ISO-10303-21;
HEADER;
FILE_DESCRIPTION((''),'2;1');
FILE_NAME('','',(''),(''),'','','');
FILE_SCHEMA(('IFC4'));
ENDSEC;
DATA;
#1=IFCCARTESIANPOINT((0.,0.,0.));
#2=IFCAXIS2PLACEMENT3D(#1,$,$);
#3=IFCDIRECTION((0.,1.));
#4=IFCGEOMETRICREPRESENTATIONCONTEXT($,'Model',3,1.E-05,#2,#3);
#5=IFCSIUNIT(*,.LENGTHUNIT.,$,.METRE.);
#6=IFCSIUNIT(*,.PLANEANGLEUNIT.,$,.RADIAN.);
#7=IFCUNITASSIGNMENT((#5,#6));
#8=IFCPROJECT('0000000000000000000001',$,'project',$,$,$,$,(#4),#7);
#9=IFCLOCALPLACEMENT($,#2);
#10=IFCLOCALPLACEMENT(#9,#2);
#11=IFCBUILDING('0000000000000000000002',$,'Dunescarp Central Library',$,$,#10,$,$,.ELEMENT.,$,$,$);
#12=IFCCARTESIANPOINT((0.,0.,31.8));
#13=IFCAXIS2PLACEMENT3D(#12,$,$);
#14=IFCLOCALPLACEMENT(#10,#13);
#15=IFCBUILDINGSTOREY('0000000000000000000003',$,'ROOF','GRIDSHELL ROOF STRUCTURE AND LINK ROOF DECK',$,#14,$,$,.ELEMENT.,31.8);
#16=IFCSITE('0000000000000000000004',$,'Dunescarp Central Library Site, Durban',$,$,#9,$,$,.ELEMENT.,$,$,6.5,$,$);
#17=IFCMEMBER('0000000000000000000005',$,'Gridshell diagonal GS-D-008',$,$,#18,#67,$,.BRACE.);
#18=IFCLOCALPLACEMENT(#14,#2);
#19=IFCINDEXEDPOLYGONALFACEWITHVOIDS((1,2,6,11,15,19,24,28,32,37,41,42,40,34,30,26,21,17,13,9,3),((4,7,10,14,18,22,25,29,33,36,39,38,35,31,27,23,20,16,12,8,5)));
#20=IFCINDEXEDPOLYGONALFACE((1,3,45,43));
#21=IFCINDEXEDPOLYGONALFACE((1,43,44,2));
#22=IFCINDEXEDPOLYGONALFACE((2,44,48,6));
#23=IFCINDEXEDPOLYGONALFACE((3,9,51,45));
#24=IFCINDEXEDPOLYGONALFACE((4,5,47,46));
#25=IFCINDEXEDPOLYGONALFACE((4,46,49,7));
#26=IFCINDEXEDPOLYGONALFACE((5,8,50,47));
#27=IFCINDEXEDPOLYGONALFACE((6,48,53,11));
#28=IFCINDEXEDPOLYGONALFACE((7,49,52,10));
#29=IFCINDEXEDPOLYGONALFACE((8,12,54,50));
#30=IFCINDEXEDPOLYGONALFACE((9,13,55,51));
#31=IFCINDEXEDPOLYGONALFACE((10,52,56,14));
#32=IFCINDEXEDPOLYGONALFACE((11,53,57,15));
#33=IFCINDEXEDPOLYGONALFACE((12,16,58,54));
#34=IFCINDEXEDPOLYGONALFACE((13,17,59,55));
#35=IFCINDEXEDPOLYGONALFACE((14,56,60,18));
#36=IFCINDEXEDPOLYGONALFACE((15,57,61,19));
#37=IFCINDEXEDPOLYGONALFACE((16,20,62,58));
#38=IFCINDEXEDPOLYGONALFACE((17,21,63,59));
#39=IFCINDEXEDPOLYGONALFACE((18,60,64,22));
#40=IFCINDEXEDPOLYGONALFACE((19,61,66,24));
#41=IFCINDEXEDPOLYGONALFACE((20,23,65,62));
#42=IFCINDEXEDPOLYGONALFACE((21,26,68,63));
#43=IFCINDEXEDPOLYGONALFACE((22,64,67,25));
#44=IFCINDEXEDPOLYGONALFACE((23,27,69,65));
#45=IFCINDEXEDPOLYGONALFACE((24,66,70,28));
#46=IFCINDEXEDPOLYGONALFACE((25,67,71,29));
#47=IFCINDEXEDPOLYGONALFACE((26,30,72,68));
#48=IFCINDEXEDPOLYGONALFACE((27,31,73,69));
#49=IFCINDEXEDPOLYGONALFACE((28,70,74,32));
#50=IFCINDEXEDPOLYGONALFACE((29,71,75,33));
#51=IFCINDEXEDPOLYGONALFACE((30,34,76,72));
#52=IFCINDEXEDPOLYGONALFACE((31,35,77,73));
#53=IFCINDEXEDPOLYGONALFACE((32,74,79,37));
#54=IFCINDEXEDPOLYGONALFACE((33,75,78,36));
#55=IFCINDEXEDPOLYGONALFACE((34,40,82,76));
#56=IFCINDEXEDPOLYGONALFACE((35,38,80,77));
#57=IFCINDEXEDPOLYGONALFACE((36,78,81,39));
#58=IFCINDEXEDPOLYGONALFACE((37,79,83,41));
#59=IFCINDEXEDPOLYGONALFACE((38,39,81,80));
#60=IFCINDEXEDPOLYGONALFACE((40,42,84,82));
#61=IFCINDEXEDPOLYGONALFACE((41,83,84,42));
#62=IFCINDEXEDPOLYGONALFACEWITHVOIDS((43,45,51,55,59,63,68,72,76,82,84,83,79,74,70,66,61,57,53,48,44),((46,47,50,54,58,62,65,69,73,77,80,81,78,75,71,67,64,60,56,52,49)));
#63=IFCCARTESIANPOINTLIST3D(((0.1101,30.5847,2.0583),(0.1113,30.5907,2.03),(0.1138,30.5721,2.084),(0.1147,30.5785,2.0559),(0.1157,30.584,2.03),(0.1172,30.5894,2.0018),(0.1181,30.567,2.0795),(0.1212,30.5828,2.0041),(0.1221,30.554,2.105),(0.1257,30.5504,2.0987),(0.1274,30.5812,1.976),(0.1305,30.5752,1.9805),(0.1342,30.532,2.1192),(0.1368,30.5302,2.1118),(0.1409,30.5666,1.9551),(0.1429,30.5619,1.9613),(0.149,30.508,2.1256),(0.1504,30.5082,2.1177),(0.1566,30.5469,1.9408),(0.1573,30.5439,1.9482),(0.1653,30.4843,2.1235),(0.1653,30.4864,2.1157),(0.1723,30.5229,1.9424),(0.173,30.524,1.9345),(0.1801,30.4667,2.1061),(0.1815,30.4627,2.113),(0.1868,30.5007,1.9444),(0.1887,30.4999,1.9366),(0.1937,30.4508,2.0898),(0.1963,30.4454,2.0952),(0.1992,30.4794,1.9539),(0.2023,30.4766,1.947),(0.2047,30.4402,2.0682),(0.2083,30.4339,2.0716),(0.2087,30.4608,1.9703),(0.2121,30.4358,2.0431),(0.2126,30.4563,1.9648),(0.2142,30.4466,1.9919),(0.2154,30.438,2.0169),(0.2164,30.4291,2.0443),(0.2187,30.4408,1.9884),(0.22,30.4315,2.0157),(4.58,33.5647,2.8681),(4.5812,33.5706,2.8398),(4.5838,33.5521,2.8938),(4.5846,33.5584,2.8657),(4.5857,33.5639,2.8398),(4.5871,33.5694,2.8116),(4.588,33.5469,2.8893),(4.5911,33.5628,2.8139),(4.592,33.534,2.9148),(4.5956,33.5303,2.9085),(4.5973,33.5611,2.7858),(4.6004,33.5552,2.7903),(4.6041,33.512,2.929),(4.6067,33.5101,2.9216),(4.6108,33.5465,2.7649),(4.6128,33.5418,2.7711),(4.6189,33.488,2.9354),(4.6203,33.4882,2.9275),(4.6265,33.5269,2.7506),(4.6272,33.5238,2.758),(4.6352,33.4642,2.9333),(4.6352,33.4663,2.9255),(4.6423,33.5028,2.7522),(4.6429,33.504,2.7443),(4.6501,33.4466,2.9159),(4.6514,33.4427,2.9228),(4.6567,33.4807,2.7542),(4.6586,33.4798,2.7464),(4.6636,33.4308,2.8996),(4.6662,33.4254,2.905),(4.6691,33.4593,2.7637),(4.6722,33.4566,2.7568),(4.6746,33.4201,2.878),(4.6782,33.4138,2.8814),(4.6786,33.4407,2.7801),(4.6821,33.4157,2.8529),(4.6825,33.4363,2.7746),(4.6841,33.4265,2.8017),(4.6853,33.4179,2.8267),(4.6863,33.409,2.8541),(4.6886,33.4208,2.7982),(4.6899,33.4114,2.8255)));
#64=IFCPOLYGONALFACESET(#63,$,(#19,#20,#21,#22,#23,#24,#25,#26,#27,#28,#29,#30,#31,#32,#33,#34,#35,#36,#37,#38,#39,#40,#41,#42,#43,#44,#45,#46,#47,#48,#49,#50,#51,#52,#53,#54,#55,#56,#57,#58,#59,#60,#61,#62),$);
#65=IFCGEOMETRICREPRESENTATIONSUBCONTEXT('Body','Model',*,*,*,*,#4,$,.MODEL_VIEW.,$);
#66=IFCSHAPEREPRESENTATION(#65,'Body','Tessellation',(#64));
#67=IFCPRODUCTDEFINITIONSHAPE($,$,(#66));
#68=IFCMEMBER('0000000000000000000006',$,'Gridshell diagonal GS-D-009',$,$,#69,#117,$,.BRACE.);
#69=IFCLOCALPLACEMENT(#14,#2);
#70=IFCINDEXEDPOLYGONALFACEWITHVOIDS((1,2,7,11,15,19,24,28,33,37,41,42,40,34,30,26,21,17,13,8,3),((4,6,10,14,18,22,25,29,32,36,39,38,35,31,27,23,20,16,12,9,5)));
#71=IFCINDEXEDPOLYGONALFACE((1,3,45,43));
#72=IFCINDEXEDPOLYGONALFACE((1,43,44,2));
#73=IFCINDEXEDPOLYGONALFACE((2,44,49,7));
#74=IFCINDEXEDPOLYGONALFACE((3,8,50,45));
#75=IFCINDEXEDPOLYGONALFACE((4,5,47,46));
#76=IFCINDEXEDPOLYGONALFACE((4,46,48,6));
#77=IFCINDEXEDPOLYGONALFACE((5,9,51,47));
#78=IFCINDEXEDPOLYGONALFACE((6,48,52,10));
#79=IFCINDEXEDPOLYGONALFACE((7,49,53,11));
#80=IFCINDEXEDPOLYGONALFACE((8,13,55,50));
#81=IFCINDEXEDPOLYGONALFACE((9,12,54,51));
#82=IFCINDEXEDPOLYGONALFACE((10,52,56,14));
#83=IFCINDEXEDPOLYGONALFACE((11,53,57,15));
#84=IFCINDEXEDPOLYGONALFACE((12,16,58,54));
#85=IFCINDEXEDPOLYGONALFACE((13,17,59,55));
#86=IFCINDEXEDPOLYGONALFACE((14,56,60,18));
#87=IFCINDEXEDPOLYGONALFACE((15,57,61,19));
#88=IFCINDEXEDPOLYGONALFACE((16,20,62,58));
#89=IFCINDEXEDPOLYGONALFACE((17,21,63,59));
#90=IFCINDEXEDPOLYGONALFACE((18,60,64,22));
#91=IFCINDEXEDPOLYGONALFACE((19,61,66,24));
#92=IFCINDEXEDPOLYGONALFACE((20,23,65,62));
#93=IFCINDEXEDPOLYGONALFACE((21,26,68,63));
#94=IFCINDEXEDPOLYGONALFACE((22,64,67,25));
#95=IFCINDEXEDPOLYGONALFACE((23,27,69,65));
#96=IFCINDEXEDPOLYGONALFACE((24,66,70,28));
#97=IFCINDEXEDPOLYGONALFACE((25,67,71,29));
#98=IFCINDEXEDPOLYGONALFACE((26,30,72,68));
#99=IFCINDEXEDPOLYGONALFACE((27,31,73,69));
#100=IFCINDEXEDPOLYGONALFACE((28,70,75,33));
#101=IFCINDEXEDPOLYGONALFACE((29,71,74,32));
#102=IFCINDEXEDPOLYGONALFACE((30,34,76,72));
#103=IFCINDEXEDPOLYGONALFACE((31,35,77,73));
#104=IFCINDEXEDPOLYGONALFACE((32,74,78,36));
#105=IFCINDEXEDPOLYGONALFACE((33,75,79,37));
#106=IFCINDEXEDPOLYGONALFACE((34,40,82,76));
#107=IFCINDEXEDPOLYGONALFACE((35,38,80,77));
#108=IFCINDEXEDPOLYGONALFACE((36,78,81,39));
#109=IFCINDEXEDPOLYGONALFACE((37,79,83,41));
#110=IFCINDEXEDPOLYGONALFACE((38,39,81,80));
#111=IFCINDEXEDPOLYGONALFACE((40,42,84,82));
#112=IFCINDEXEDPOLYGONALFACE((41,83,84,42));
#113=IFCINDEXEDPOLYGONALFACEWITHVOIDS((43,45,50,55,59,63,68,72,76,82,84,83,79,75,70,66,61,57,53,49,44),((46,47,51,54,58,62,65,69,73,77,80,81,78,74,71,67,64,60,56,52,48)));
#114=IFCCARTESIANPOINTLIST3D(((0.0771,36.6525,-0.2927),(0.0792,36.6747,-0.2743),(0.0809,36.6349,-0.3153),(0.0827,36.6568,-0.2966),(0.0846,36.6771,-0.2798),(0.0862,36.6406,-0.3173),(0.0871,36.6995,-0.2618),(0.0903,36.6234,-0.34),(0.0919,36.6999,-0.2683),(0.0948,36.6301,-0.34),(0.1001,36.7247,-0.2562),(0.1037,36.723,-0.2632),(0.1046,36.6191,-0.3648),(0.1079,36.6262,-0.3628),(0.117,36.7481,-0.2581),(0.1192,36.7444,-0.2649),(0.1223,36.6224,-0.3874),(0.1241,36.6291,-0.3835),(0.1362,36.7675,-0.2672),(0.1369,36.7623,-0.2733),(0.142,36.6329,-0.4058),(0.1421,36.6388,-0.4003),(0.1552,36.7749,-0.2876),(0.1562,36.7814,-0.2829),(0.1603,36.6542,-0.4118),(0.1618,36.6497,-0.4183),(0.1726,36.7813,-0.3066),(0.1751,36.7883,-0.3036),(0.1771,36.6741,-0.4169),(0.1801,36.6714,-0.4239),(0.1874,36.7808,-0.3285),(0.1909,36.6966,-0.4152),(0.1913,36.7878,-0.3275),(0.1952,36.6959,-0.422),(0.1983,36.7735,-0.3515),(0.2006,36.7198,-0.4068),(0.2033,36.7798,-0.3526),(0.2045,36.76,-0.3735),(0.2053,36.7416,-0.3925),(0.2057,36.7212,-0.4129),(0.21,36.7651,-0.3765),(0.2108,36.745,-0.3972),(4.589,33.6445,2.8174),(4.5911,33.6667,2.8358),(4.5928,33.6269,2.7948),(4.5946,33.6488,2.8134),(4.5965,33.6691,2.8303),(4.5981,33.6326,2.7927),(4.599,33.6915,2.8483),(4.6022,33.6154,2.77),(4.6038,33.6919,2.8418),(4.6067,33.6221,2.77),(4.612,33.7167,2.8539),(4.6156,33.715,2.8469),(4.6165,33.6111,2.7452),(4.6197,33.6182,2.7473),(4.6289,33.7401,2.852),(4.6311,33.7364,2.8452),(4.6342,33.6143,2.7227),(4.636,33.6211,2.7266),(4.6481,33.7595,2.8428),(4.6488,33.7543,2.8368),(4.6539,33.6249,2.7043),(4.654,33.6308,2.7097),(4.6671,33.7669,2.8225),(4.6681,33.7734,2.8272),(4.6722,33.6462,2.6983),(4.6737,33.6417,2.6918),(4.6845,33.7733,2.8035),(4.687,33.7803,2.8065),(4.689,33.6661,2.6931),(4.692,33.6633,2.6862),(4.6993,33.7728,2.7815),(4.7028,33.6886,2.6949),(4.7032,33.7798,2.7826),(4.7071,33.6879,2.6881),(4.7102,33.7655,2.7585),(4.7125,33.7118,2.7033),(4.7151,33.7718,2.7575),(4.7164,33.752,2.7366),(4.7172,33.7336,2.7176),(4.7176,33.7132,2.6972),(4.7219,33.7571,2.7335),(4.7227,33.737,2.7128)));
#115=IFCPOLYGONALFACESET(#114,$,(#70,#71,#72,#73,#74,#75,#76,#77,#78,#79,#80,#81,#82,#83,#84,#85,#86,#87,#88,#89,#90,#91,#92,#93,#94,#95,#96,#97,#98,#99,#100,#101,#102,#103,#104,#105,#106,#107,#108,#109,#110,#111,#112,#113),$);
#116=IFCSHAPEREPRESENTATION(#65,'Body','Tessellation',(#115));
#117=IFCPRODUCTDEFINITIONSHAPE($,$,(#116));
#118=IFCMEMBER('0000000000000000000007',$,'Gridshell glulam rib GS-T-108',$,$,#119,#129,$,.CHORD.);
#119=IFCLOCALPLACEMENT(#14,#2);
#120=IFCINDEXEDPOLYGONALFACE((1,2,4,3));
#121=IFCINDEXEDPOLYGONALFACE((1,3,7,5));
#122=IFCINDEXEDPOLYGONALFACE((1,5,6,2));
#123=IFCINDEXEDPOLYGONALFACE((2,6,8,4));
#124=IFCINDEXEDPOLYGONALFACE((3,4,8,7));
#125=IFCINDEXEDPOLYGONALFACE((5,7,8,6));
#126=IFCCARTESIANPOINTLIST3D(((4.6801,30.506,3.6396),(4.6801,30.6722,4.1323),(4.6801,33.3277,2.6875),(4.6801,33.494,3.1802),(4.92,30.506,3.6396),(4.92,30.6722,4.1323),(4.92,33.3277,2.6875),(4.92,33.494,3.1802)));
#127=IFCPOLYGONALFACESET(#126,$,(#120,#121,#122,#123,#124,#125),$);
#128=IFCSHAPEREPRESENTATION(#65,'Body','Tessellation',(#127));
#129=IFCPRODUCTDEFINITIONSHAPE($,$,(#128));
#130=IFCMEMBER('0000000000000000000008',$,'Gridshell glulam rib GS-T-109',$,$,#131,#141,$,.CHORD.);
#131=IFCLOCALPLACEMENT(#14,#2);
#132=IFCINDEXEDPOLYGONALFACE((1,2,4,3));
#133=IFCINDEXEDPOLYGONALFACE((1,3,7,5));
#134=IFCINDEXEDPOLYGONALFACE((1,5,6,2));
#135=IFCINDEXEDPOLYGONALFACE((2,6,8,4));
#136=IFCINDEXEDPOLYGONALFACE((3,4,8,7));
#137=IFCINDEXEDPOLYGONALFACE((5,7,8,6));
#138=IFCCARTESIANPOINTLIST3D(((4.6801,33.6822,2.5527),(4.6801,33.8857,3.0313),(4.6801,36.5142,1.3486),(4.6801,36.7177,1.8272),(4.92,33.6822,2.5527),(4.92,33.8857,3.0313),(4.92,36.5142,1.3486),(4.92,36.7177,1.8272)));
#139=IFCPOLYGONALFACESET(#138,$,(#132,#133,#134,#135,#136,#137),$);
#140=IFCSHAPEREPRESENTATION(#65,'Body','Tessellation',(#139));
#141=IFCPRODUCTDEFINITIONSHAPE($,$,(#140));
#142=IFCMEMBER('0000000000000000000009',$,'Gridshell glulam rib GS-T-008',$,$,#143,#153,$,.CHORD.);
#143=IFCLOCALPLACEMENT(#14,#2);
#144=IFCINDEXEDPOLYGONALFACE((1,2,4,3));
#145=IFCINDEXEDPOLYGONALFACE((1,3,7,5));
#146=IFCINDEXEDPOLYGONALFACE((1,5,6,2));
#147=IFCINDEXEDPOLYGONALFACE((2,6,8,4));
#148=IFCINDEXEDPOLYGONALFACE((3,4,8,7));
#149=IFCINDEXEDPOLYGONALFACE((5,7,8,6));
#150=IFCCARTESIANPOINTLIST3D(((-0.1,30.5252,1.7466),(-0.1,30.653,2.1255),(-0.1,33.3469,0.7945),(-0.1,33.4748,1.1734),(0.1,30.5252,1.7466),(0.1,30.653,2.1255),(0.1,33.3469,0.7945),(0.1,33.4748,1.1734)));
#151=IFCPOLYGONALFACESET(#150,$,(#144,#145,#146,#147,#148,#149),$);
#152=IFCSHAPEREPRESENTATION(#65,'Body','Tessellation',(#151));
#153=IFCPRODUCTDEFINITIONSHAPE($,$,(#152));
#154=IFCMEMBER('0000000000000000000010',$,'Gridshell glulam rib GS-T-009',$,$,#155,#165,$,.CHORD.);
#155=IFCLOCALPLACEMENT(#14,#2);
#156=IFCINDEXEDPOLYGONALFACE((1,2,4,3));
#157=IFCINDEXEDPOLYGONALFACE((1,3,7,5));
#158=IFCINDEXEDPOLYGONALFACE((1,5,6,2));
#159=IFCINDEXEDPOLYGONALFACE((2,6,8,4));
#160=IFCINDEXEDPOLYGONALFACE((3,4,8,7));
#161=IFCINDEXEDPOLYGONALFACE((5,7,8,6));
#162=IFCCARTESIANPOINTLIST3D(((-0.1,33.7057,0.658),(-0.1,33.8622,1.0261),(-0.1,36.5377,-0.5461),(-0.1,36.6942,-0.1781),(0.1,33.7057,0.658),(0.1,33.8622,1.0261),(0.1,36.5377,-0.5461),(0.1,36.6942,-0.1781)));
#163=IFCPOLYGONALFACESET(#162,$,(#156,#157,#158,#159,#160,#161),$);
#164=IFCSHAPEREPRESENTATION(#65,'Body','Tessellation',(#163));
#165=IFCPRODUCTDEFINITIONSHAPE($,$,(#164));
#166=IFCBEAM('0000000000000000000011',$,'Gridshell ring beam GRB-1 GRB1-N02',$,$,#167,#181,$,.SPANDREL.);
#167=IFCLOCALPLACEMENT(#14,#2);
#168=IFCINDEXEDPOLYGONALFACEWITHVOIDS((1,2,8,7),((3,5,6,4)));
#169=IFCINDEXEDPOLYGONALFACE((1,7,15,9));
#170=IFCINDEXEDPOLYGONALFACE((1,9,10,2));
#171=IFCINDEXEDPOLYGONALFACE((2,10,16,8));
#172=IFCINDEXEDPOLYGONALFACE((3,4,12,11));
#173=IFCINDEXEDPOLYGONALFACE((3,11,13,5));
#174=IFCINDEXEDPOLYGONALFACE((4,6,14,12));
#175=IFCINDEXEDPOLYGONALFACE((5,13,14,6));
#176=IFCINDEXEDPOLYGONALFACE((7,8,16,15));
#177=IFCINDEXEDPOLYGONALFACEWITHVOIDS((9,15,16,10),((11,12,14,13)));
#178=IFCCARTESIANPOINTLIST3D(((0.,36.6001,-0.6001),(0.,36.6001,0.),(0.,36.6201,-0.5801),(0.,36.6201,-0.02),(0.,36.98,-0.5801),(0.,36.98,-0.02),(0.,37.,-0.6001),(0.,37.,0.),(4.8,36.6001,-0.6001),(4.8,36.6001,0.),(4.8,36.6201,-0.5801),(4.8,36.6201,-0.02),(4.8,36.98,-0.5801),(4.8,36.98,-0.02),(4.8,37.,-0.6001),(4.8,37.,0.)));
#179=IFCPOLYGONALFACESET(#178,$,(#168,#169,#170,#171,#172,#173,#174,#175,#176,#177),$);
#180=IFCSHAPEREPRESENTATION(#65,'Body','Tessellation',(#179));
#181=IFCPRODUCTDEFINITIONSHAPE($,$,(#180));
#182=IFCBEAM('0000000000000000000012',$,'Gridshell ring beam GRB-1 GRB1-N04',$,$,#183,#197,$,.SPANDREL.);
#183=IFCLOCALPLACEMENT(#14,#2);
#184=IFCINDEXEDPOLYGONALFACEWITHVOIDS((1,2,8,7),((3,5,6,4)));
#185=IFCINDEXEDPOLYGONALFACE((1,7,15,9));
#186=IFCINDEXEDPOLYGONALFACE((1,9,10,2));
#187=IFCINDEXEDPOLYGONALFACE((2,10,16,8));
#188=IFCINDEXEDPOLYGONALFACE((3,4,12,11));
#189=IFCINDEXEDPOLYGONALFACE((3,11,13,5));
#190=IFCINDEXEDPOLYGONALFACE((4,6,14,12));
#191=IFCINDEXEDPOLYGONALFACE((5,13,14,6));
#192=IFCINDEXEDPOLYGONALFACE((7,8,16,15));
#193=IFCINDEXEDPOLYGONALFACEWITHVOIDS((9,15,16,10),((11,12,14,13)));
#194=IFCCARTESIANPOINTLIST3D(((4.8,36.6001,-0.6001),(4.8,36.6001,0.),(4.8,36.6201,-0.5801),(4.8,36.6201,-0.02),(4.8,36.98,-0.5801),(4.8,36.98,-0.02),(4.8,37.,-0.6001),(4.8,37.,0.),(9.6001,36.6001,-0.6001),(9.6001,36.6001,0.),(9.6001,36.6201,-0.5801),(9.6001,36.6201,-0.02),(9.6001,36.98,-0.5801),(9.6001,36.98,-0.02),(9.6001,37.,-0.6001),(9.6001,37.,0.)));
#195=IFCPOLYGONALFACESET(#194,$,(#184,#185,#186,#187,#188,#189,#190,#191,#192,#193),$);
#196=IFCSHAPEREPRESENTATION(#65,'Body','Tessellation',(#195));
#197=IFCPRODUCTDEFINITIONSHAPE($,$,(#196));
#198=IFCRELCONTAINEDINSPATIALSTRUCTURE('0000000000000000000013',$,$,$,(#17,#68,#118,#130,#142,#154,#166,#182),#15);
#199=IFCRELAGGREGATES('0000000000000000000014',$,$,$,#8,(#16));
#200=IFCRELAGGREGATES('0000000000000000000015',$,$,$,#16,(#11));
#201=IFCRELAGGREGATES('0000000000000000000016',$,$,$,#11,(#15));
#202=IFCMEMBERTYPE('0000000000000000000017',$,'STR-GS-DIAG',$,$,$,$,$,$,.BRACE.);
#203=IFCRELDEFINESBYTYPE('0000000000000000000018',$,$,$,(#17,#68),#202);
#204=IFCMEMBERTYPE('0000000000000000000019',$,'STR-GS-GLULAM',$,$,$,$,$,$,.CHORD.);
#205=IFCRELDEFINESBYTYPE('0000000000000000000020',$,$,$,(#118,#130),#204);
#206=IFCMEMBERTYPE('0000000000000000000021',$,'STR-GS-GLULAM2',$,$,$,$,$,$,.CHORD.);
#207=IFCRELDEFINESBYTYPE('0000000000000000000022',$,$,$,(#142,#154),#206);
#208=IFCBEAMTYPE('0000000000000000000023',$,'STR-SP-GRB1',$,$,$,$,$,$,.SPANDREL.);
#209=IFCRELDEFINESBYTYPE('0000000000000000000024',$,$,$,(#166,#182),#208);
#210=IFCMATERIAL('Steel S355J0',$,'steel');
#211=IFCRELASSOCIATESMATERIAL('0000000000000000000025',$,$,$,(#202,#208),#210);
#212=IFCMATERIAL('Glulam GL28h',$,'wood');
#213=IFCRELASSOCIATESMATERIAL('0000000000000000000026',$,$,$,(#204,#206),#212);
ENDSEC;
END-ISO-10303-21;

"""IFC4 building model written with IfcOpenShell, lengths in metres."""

from ifc_helpers import new_model, si_unit, direction, frame, origin, origin_2d, place, context, subcontext, project, spatial, rectangle, hollow_rectangle, hollow_circle, extrude, material, material_profile, profile_set, type_object, element, save


model = new_model("IFC4")

# Units and contexts
model_context = context("Model", 3, precision=1e-05, world=origin(), true_north=direction((0.0, 1.0)))
body_context = subcontext(model_context, "Body", "Model", "MODEL_VIEW")
ifc_project = project(units=[si_unit("LENGTHUNIT", "METRE"), si_unit("PLANEANGLEUNIT", "RADIAN")], contexts=[model_context])

# Site, building, storey
site_placement = place(None, origin())
site = spatial("IfcSite", under=ifc_project, at=site_placement, Name="Dunescarp Central Library Site, Durban", CompositionType="ELEMENT", RefElevation=6.5)
building_placement = place(site_placement, origin())
building = spatial("IfcBuilding", under=site, at=building_placement, Name="Dunescarp Central Library", CompositionType="ELEMENT")
storey_placement = place(building_placement, frame((0.0, 0.0, 31.8)))
storey = spatial("IfcBuildingStorey", under=building, at=storey_placement, Name="ROOF", Description="GRIDSHELL ROOF STRUCTURE AND LINK ROOF DECK", CompositionType="ELEMENT", Elevation=31.8)

# Members
ifc_material_1 = material(Name="Steel S355J0", Category="steel")
ifc_material_profile_1 = material_profile(ifc_material_1, hollow_circle(Radius=0.0969, WallThickness=0.0081, at=origin_2d()), Name="CHS 193.7x8")
ifc_profile_set_1 = profile_set([ifc_material_profile_1], Name="Steel S355J0")
member_type_1 = type_object("IfcMemberType", Name="STR-GS-DIAG", PredefinedType="BRACE", material=ifc_profile_set_1)
member_1_placement = place(storey_placement, frame((0.165, 30.51, 2.03), z_axis=(0.822755, 0.548503, 0.149057), x_axis=(-0.5547, 0.83205, 0.0)))
element("IfcMember", 1, at=member_1_placement, inside=storey, type_object=member_type_1, Name="Gridshell diagonal GS-D-008", PredefinedType="BRACE", context=body_context, shape_type="SweptSolid", body=[
    extrude(hollow_circle(Radius=0.0969, WallThickness=0.0081, at=origin_2d()), origin(), (0.0, 0.0, 1.0), 5.4329),
])
member_2_placement = place(storey_placement, frame((4.656, 33.696, 2.77), z_axis=(-0.721762, 0.481188, -0.497512), x_axis=(-0.554711, -0.832043, 0.0)))
element("IfcMember", 2, at=member_2_placement, inside=storey, type_object=member_type_1, Name="Gridshell diagonal GS-D-009", PredefinedType="BRACE", context=body_context, shape_type="SweptSolid", body=[
    extrude(hollow_circle(Radius=0.0969, WallThickness=0.0081, at=origin_2d()), origin(), (0.0, 0.0, 1.0), 6.2512),
])
ifc_material_2 = material(Name="Glulam GL28h", Category="wood")
ifc_material_profile_2 = material_profile(ifc_material_2, rectangle(XDim=0.24, YDim=0.52, at=origin_2d()), Name="GL28h 240x520")
ifc_profile_set_2 = profile_set([ifc_material_profile_2], Name="Glulam GL28h")
member_type_2 = type_object("IfcMemberType", Name="STR-GS-GLULAM", PredefinedType="CHORD", material=ifc_profile_set_2)
member_3_placement = place(storey_placement, frame((4.8, 30.5891, 3.886), z_axis=(0.0, 0.947513, -0.319718), x_axis=(-1.0, 0.0, 0.0)))
element("IfcMember", 3, at=member_3_placement, inside=storey, type_object=member_type_2, Name="Gridshell glulam rib GS-T-108", PredefinedType="CHORD", context=body_context, shape_type="SweptSolid", body=[
    extrude(rectangle(XDim=0.24, YDim=0.52, at=origin_2d()), origin(), (0.0, 0.0, 1.0), 2.978),
])
member_4_placement = place(storey_placement, frame((4.8, 33.7839, 2.792), z_axis=(0.0, 0.920274, -0.391275), x_axis=(-1.0, 0.0, 0.0)))
element("IfcMember", 4, at=member_4_placement, inside=storey, type_object=member_type_2, Name="Gridshell glulam rib GS-T-109", PredefinedType="CHORD", context=body_context, shape_type="SweptSolid", body=[
    extrude(rectangle(XDim=0.24, YDim=0.52, at=origin_2d()), origin(), (0.0, 0.0, 1.0), 3.0774),
])
ifc_material_profile_3 = material_profile(ifc_material_2, rectangle(XDim=0.2, YDim=0.3999, at=origin_2d()), Name="GL28h 200x400")
ifc_profile_set_3 = profile_set([ifc_material_profile_3], Name="Glulam GL28h")
member_type_3 = type_object("IfcMemberType", Name="STR-GS-GLULAM2", PredefinedType="CHORD", material=ifc_profile_set_3)
member_5_placement = place(storey_placement, frame((0.0, 30.5891, 1.936), z_axis=(0.0, 0.947513, -0.319718), x_axis=(-1.0, 0.0, 0.0)))
element("IfcMember", 5, at=member_5_placement, inside=storey, type_object=member_type_3, Name="Gridshell glulam rib GS-T-008", PredefinedType="CHORD", context=body_context, shape_type="SweptSolid", body=[
    extrude(rectangle(XDim=0.2, YDim=0.3999, at=origin_2d()), origin(), (0.0, 0.0, 1.0), 2.978),
])
member_6_placement = place(storey_placement, frame((0.0, 33.7839, 0.842), z_axis=(0.0, 0.920274, -0.391275), x_axis=(-1.0, 0.0, 0.0)))
element("IfcMember", 6, at=member_6_placement, inside=storey, type_object=member_type_3, Name="Gridshell glulam rib GS-T-009", PredefinedType="CHORD", context=body_context, shape_type="SweptSolid", body=[
    extrude(rectangle(XDim=0.2, YDim=0.3999, at=origin_2d()), origin(), (0.0, 0.0, 1.0), 3.0774),
])

# Beams
ifc_material_profile_4 = material_profile(ifc_material_1, hollow_rectangle(XDim=0.3999, YDim=0.6001, WallThickness=0.02, at=origin_2d()), Name="RHS 600x400x20")
ifc_profile_set_4 = profile_set([ifc_material_profile_4], Name="Steel S355J0")
beam_type = type_object("IfcBeamType", Name="STR-SP-GRB1", PredefinedType="SPANDREL", material=ifc_profile_set_4)
for number, where, z_axis, x_axis, name in (
    (7, (0.0, 36.8, -0.3), (1.0, 0.0, 0.0), (0.0, 1.0, 0.0), "Gridshell ring beam GRB-1 GRB1-N02"),
    (8, (4.8, 36.8, -0.3), (1.0, 0.0, 0.0), (0.0, 1.0, 0.0), "Gridshell ring beam GRB-1 GRB1-N04"),
):
    element("IfcBeam", number, at=place(storey_placement, frame(where, z_axis=z_axis, x_axis=x_axis)), inside=storey, type_object=beam_type, Name=name, PredefinedType="SPANDREL", context=body_context, shape_type="SweptSolid", body=[
        extrude(hollow_rectangle(XDim=0.3999, YDim=0.6001, WallThickness=0.02, at=origin_2d()), origin(), (0.0, 0.0, 1.0), 4.8),
    ])

save(model, "model.ifc")
